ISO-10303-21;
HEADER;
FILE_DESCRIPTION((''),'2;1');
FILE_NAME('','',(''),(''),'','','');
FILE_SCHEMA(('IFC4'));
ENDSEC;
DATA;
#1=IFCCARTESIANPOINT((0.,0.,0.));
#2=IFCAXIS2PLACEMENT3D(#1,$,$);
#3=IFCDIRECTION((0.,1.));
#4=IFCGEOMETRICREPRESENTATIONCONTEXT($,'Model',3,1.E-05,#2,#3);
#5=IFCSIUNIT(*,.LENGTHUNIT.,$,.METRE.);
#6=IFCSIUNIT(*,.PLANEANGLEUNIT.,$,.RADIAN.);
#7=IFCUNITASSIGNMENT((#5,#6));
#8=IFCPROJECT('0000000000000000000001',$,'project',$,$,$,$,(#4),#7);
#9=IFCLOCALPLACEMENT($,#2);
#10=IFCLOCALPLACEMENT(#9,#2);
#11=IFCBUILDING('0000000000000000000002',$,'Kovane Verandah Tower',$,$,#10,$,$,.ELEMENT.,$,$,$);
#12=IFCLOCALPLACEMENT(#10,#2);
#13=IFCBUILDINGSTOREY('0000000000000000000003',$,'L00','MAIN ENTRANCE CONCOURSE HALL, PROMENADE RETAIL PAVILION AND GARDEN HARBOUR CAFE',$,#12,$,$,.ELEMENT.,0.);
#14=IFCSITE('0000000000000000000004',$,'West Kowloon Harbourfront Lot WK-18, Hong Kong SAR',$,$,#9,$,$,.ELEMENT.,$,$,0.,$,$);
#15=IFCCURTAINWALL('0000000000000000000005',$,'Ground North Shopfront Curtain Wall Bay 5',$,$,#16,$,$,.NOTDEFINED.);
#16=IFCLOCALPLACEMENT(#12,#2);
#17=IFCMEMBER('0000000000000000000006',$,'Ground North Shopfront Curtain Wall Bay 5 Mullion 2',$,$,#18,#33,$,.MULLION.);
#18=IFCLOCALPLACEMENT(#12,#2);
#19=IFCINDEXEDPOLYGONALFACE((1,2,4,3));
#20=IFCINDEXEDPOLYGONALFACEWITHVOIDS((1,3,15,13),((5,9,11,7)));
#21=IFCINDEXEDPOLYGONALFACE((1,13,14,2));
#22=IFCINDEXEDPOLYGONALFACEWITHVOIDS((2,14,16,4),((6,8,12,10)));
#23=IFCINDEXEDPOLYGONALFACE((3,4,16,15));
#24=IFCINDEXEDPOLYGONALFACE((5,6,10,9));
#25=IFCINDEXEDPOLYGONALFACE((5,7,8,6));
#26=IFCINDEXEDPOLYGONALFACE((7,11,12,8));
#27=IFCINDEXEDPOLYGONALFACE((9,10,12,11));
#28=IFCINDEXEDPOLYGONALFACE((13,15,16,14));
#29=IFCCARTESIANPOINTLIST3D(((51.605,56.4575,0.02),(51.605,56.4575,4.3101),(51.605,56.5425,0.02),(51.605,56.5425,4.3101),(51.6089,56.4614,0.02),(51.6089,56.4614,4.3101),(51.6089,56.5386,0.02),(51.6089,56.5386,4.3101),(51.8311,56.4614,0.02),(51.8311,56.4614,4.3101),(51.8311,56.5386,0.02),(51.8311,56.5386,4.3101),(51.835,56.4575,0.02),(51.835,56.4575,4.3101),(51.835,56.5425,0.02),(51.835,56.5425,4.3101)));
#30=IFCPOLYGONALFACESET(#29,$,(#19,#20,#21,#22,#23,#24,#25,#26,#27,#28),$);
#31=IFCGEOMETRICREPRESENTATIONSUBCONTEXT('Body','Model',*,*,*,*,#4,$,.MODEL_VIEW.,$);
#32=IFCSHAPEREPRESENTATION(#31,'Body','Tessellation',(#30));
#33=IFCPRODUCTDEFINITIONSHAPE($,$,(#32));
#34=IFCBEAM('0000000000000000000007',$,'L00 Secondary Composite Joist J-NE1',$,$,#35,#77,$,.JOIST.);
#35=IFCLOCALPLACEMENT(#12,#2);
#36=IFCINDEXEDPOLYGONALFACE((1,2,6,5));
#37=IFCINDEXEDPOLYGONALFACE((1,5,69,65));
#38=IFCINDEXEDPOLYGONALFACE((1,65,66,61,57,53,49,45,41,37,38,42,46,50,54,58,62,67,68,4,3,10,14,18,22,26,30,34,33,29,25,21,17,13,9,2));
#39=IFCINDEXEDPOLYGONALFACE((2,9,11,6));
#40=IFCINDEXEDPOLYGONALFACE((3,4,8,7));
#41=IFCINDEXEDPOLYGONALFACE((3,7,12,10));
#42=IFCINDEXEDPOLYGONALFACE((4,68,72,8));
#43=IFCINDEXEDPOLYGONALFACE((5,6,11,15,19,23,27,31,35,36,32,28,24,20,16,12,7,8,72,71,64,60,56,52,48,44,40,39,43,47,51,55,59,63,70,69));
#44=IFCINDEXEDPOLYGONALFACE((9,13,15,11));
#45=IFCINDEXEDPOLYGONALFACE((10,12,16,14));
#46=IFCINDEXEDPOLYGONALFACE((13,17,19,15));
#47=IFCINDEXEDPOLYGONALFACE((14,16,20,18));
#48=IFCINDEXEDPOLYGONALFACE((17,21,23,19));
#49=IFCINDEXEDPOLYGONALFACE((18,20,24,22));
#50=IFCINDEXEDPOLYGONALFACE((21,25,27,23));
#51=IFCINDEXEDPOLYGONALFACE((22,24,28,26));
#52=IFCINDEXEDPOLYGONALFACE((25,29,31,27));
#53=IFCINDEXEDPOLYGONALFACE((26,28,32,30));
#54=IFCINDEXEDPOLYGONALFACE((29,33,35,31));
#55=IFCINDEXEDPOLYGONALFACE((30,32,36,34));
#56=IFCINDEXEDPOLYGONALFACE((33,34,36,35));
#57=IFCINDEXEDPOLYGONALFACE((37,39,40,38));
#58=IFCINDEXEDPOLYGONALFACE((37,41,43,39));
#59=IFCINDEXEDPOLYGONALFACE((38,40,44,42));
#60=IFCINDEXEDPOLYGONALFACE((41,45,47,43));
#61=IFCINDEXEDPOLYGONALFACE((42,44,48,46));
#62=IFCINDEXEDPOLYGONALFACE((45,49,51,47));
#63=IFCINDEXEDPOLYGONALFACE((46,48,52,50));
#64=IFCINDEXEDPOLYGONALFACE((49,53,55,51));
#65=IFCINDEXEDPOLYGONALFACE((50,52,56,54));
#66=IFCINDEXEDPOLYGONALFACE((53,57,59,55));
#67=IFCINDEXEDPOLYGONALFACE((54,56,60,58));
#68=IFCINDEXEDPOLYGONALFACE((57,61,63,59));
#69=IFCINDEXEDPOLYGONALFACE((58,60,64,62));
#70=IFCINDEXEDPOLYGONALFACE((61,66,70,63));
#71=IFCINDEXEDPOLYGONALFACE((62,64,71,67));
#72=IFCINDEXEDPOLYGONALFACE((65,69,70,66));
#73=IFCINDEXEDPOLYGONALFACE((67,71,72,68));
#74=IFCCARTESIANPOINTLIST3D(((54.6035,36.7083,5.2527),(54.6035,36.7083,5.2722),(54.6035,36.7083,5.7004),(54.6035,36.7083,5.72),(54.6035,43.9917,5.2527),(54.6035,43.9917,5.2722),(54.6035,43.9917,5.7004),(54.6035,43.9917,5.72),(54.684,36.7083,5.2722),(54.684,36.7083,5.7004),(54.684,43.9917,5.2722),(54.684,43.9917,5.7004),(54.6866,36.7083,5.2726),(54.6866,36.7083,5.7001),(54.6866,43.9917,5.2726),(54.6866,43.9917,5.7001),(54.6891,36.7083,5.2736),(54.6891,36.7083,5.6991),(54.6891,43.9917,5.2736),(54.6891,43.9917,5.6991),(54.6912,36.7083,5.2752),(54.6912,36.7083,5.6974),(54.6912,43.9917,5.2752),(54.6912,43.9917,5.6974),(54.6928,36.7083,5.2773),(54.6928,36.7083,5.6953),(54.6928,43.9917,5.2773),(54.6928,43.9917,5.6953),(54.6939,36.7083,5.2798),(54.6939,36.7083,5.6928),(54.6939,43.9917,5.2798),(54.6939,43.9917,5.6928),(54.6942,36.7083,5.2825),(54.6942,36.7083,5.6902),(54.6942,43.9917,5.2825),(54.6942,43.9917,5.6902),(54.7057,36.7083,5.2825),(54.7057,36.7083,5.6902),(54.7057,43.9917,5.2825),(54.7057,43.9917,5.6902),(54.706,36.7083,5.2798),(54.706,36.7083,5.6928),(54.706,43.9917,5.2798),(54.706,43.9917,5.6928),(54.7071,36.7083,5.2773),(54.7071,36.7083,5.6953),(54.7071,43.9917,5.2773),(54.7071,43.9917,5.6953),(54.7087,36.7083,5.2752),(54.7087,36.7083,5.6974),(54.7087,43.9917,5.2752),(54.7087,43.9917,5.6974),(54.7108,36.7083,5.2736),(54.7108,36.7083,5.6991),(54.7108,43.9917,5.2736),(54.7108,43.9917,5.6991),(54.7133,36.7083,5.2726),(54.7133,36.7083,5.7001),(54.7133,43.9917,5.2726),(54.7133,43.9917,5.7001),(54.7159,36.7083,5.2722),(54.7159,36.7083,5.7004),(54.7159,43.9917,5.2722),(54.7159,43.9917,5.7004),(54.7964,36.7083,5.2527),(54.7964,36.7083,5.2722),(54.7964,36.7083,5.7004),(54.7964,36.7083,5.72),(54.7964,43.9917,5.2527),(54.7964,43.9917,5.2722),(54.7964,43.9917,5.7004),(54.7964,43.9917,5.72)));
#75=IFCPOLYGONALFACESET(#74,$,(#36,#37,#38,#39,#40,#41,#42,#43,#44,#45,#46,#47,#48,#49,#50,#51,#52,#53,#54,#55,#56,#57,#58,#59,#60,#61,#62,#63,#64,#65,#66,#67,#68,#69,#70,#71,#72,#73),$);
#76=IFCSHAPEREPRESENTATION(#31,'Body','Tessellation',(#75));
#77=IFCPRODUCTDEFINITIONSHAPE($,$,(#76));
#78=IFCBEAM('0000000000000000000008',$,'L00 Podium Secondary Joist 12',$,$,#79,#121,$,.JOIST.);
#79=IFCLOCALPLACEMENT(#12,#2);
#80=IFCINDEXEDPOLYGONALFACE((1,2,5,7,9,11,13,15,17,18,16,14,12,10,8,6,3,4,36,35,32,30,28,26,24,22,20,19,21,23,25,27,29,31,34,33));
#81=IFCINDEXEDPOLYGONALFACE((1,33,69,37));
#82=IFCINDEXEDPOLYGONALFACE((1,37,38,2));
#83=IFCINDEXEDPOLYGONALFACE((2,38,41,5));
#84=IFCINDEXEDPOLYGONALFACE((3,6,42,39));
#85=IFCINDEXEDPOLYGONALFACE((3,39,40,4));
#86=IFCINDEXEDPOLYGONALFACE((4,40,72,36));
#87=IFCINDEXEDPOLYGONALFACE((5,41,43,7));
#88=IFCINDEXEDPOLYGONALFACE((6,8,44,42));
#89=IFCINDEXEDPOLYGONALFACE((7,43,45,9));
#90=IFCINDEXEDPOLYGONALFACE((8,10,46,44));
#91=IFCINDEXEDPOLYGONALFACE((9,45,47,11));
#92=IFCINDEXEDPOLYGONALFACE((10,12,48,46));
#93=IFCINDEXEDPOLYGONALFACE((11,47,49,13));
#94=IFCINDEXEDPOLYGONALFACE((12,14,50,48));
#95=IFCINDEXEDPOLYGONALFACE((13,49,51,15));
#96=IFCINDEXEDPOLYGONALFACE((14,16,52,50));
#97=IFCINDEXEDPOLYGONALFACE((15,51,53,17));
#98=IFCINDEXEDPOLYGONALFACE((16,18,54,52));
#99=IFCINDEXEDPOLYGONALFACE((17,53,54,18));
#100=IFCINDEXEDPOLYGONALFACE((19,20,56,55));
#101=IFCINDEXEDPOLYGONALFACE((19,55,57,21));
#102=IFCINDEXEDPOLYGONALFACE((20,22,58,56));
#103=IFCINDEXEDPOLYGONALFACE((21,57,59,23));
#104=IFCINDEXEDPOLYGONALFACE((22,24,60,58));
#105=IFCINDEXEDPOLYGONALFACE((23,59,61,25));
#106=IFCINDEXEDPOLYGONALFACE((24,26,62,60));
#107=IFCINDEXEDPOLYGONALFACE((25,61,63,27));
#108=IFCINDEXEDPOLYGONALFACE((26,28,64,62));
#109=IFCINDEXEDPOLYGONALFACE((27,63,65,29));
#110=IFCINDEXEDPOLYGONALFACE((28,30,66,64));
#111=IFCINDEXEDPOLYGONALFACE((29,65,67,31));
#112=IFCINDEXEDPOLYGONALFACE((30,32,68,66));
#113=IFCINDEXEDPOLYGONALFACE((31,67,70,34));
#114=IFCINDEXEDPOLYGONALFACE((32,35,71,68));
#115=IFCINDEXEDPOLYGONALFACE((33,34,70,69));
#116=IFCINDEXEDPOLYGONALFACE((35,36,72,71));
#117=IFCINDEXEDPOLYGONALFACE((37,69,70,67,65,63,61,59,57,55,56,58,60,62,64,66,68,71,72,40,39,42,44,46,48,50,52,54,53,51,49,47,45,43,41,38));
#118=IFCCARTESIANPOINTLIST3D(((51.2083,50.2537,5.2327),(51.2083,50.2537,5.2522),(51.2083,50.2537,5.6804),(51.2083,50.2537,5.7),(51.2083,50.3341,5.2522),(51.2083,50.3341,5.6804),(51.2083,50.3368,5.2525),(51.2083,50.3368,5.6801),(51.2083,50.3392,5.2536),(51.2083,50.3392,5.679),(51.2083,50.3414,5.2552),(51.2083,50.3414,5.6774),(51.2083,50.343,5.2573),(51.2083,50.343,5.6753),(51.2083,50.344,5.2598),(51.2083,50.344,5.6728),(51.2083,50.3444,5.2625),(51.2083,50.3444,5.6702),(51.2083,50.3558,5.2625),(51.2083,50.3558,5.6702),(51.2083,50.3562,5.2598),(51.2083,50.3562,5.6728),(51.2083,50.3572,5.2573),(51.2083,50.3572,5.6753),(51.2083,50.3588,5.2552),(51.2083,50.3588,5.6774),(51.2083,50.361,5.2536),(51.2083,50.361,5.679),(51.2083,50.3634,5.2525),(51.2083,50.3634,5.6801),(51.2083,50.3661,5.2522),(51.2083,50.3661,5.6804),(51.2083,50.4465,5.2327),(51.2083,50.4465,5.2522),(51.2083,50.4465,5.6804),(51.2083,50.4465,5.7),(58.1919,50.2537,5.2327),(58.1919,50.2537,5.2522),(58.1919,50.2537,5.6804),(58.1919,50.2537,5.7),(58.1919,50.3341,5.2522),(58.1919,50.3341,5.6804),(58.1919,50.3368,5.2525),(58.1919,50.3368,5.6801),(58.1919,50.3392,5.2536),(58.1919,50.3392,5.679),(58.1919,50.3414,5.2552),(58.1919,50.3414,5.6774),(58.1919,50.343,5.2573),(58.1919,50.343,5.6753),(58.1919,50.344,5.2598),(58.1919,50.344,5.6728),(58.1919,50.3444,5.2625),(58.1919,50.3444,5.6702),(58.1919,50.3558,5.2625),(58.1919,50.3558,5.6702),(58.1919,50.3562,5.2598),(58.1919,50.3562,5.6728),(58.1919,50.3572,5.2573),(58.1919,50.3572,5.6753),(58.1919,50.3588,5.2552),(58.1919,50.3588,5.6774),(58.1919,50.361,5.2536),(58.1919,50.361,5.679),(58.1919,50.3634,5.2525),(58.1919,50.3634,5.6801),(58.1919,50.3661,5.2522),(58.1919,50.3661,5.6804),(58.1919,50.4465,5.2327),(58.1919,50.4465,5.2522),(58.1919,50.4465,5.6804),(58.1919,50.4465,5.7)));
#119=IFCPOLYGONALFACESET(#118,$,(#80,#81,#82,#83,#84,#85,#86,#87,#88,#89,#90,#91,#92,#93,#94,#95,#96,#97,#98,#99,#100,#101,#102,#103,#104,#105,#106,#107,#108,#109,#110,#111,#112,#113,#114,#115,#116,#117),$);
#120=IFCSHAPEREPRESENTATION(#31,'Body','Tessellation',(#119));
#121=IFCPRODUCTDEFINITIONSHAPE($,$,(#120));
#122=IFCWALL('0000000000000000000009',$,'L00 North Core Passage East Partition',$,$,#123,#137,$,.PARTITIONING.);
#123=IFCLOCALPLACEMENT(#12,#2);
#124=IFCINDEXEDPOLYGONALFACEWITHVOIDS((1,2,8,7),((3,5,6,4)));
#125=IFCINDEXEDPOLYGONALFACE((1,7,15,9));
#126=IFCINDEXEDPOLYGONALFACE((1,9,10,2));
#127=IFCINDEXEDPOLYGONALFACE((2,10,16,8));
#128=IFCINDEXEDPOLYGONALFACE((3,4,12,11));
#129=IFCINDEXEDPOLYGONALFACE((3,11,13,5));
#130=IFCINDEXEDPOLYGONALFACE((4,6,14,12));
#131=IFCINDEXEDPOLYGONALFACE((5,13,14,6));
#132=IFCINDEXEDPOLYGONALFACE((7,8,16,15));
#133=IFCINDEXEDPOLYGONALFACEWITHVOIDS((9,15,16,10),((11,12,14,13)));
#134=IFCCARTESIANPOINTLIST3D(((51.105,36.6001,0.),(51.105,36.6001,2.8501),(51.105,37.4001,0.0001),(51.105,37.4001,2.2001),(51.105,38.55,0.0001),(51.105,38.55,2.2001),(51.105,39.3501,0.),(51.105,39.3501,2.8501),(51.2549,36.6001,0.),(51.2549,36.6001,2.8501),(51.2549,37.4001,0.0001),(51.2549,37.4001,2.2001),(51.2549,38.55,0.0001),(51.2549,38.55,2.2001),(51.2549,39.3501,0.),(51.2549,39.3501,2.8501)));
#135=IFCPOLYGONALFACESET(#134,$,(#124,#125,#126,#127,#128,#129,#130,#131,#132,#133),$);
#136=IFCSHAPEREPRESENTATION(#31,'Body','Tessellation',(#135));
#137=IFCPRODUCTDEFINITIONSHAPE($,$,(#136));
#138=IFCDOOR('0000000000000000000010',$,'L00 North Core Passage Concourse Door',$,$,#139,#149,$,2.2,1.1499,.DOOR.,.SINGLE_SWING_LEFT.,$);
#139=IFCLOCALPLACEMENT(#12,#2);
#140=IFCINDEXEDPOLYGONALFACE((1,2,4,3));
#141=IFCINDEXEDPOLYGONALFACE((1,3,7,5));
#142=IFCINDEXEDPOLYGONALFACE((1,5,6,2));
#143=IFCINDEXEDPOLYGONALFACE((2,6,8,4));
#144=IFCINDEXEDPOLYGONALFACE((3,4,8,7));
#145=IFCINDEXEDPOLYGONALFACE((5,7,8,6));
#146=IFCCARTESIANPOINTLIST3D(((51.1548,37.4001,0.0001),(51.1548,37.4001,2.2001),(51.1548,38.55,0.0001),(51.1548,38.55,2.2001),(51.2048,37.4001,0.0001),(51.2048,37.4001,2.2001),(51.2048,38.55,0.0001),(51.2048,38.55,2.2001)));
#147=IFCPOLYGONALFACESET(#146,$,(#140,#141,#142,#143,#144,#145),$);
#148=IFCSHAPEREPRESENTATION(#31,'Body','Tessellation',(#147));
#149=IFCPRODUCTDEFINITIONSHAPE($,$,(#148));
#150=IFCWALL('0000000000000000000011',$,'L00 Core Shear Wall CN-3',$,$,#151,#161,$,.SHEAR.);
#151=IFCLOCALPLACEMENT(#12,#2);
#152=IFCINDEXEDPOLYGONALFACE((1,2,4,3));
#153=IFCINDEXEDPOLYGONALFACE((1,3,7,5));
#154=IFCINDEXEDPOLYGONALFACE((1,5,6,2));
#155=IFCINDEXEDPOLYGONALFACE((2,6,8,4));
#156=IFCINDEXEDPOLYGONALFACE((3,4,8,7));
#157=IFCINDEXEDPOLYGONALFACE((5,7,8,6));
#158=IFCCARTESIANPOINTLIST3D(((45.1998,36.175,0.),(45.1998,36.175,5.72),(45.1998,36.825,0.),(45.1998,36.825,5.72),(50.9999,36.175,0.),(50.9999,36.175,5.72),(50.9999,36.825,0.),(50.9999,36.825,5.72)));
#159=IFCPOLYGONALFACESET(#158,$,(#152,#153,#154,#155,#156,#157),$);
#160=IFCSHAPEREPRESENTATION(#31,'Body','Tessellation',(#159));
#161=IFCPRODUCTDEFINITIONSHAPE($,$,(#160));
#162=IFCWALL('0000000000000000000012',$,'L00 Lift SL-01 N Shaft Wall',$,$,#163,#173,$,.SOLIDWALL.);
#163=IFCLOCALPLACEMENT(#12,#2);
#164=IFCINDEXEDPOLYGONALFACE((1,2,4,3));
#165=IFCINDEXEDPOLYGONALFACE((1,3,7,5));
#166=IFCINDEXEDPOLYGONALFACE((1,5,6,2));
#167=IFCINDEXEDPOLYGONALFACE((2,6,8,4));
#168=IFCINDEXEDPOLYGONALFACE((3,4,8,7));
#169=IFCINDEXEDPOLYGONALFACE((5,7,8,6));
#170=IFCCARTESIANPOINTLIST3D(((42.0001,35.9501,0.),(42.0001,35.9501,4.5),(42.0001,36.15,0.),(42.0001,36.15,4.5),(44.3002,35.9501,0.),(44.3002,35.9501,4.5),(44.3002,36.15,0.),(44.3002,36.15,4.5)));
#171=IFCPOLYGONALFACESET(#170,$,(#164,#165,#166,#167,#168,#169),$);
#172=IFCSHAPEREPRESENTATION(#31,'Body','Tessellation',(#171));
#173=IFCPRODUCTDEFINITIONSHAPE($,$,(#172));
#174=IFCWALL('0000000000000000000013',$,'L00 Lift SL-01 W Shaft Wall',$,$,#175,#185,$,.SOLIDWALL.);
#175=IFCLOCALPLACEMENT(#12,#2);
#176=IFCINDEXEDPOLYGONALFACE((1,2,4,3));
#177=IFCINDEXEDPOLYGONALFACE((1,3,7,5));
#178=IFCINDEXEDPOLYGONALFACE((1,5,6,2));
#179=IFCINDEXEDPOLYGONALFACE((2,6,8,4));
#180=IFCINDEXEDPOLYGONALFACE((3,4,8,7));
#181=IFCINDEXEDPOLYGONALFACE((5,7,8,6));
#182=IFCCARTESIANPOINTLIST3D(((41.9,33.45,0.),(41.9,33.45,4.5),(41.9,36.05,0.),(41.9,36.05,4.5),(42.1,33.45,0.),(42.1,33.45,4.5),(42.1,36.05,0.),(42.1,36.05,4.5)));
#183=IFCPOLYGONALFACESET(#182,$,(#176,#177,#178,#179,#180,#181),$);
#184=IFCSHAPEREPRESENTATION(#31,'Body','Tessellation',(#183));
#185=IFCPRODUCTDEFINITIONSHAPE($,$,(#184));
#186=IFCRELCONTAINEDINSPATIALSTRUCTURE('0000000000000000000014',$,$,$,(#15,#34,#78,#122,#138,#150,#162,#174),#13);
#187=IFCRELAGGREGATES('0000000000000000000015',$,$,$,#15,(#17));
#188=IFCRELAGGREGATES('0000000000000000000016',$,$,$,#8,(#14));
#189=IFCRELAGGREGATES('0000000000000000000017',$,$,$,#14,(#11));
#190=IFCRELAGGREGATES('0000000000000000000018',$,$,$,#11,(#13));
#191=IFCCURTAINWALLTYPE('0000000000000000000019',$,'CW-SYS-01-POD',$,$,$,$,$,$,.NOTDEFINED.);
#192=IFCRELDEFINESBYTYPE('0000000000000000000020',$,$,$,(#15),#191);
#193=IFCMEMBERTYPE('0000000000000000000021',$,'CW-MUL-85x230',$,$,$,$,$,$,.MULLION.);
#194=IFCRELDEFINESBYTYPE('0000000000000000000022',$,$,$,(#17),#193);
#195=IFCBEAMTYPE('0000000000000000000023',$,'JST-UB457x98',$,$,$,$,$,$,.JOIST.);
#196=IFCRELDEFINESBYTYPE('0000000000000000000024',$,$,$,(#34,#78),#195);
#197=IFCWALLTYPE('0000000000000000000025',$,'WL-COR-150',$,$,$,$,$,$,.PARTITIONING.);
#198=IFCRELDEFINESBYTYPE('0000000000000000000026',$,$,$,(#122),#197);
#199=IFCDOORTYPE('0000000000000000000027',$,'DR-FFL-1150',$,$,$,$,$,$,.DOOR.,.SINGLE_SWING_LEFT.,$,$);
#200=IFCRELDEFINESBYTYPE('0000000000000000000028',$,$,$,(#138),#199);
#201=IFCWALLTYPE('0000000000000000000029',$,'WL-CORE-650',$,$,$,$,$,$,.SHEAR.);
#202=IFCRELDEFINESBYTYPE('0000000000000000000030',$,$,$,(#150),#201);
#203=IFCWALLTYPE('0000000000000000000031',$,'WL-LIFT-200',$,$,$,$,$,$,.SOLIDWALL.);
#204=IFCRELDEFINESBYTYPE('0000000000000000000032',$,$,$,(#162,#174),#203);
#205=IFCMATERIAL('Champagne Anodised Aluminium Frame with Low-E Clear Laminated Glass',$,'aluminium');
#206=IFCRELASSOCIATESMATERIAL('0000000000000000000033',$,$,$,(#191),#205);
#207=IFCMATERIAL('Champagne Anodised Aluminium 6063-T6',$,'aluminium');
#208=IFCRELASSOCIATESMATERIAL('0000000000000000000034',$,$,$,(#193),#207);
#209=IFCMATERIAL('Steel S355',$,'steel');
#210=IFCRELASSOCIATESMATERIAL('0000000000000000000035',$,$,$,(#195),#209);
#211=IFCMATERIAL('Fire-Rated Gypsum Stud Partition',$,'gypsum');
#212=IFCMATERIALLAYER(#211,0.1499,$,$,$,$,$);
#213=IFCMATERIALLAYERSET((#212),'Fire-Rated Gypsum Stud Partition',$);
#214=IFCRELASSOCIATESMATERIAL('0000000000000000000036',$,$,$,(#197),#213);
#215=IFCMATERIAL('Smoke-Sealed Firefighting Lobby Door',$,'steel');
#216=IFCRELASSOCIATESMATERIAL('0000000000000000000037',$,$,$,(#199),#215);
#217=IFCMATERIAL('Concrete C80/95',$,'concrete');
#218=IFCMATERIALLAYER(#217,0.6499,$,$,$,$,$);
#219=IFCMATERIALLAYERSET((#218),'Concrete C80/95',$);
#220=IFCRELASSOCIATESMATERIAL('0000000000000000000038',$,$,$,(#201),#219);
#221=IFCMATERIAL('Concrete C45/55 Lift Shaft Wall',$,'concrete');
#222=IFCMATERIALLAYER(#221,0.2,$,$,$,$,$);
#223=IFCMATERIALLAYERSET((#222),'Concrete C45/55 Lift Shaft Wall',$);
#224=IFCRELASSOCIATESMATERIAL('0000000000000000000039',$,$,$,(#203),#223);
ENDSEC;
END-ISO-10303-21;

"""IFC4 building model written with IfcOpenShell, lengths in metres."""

from ifc_helpers import new_model, si_unit, direction, frame, frame_2d, origin, origin_2d, place, context, subcontext, project, spatial, rectangle, hollow_rectangle, i_section, extrude, material, layer, layer_set, material_profile, profile_set, type_object, element, fill, aggregate, save


model = new_model("IFC4")

# Units and contexts
model_context = context("Model", 3, precision=1e-05, world=origin(), true_north=direction((0.0, 1.0)))
body_context = subcontext(model_context, "Body", "Model", "MODEL_VIEW")
ifc_project = project(units=[si_unit("LENGTHUNIT", "METRE"), si_unit("PLANEANGLEUNIT", "RADIAN")], contexts=[model_context])

# Site, building, storey
site_placement = place(None, origin())
site = spatial("IfcSite", under=ifc_project, at=site_placement, Name="West Kowloon Harbourfront Lot WK-18, Hong Kong SAR", CompositionType="ELEMENT", RefElevation=0.0)
building_placement = place(site_placement, origin())
building = spatial("IfcBuilding", under=site, at=building_placement, Name="Kovane Verandah Tower", CompositionType="ELEMENT")
storey_placement = place(building_placement, origin())
storey = spatial("IfcBuildingStorey", under=building, at=storey_placement, Name="L00", Description="MAIN ENTRANCE CONCOURSE HALL, PROMENADE RETAIL PAVILION AND GARDEN HARBOUR CAFE", CompositionType="ELEMENT", Elevation=0.0)

# Shared definitions
ifc_material_1 = material(Name="Concrete C80/95", Category="concrete")

# Curtain wall, member
ifc_material_2 = material(Name="Champagne Anodised Aluminium Frame with Low-E Clear Laminated Glass", Category="aluminium")
curtain_wall_type = type_object("IfcCurtainWallType", Name="CW-SYS-01-POD", PredefinedType="NOTDEFINED", material=ifc_material_2)
curtain_wall_placement = place(storey_placement, origin())
curtain_wall = element("IfcCurtainWall", 1, at=curtain_wall_placement, inside=storey, type_object=curtain_wall_type, Name="Ground North Shopfront Curtain Wall Bay 5", PredefinedType="NOTDEFINED")
ifc_material_3 = material(Name="Champagne Anodised Aluminium 6063-T6", Category="aluminium")
ifc_material_profile_1 = material_profile(ifc_material_3, hollow_rectangle(XDim=0.085, YDim=0.23, WallThickness=0.0039, at=origin_2d()), Name="AL85x230x4")
ifc_profile_set_1 = profile_set([ifc_material_profile_1], Name="Champagne Anodised Aluminium 6063-T6")
member_type = type_object("IfcMemberType", Name="CW-MUL-85x230", PredefinedType="MULLION", material=ifc_profile_set_1)
member_placement = place(storey_placement, frame((51.72, 56.5, 0.02), z_axis=(0.0, 0.0, 1.0), x_axis=(0.0, 1.0, 0.0)))
member = element("IfcMember", 2, at=member_placement, type_object=member_type, Name="Ground North Shopfront Curtain Wall Bay 5 Mullion 2", PredefinedType="MULLION", context=body_context, shape_type="SweptSolid", body=[
    extrude(hollow_rectangle(XDim=0.085, YDim=0.23, WallThickness=0.0039, at=origin_2d()), origin(), (0.0, 0.0, 1.0), 4.29),
])
aggregate(curtain_wall, [member])

# Beams
ifc_material_4 = material(Name="Steel S355", Category="steel")
ifc_material_profile_2 = material_profile(ifc_material_4, i_section(OverallWidth=0.1929, OverallDepth=0.4673, WebThickness=0.0115, FlangeThickness=0.0195, FilletRadius=0.0103, at=origin_2d()), Name="UB457x191x98")
ifc_profile_set_2 = profile_set([ifc_material_profile_2], Name="Steel S355")
beam_type_1 = type_object("IfcBeamType", Name="JST-UB457x98", PredefinedType="JOIST", material=ifc_profile_set_2)
beam_1_placement = place(storey_placement, frame((54.7, 36.7083, 5.4863), z_axis=(0.0, 1.0, 0.0), x_axis=(-1.0, 0.0, 0.0)))
element("IfcBeam", 3, at=beam_1_placement, inside=storey, type_object=beam_type_1, Name="L00 Secondary Composite Joist J-NE1", PredefinedType="JOIST", context=body_context, shape_type="SweptSolid", body=[
    extrude(i_section(OverallWidth=0.1929, OverallDepth=0.4673, WebThickness=0.0115, FlangeThickness=0.0195, FilletRadius=0.0103, at=origin_2d()), origin(), (0.0, 0.0, 1.0), 7.2834),
])
beam_2_placement = place(storey_placement, frame((51.2083, 50.3501, 5.4663), z_axis=(1.0, 0.0, 0.0), x_axis=(0.0, 1.0, 0.0)))
element("IfcBeam", 4, at=beam_2_placement, inside=storey, type_object=beam_type_1, Name="L00 Podium Secondary Joist 12", PredefinedType="JOIST", context=body_context, shape_type="SweptSolid", body=[
    extrude(i_section(OverallWidth=0.1929, OverallDepth=0.4673, WebThickness=0.0115, FlangeThickness=0.0195, FilletRadius=0.0103, at=origin_2d()), origin(), (0.0, 0.0, 1.0), 6.9836),
])

# Wall, opening, door
ifc_material_5 = material(Name="Fire-Rated Gypsum Stud Partition", Category="gypsum")
ifc_layer_1 = layer(ifc_material_5, 0.1499)
ifc_layer_set_1 = layer_set([ifc_layer_1], Name="Fire-Rated Gypsum Stud Partition")
wall_type_1 = type_object("IfcWallType", Name="WL-COR-150", PredefinedType="PARTITIONING", material=ifc_layer_set_1)
wall_1_placement = place(storey_placement, frame((51.1799, 39.3501, 0.0), z_axis=(0.0, 0.0, 1.0), x_axis=(0.0, -1.0, 0.0)))
wall_1 = element("IfcWall", 5, at=wall_1_placement, inside=storey, type_object=wall_type_1, Name="L00 North Core Passage East Partition", PredefinedType="PARTITIONING", context=body_context, shape_type="SweptSolid", body=[
    extrude(rectangle(XDim=2.75, YDim=0.1499, at=frame_2d((1.375, 0.0))), origin(), (0.0, 0.0, 1.0), 2.8501),
])
opening_1_placement = place(wall_1_placement, frame((0.8, 0.0, 0.0)))
opening_1 = element("IfcOpeningElement", 6, at=opening_1_placement, cuts=wall_1, PredefinedType="OPENING", context=body_context, shape_type="SweptSolid", body=[
    extrude(rectangle(XDim=1.1499, YDim=2.2, at=frame_2d((0.575, 1.1001))), frame((0.0, 0.075, 0.0), z_axis=(0.0, -1.0, 0.0), x_axis=(1.0, 0.0, 0.0)), (0.0, 0.0, 1.0), 0.1499),
])
ifc_material_6 = material(Name="Smoke-Sealed Firefighting Lobby Door", Category="steel")
door_type_1 = type_object("IfcDoorType", Name="DR-FFL-1150", OperationType="SINGLE_SWING_LEFT", PredefinedType="DOOR", material=ifc_material_6)
door_1_placement = place(opening_1_placement, origin())
door_1 = element("IfcDoor", 7, at=door_1_placement, inside=storey, type_object=door_type_1, Name="L00 North Core Passage Concourse Door", OperationType="SINGLE_SWING_LEFT", OverallHeight=2.2, OverallWidth=1.1499, PredefinedType="DOOR", context=body_context, shape_type="SweptSolid", body=[
    extrude(rectangle(XDim=1.1499, YDim=2.2, at=frame_2d((0.575, 1.1001))), frame((0.0, 0.0249, 0.0), z_axis=(0.0, -1.0, 0.0), x_axis=(1.0, 0.0, 0.0)), (0.0, 0.0, 1.0), 0.05),
])
fill(opening_1, door_1)
ifc_layer_2 = layer(ifc_material_1, 0.6499)
ifc_layer_set_2 = layer_set([ifc_layer_2], Name="Concrete C80/95")
wall_type_2 = type_object("IfcWallType", Name="WL-CORE-650", PredefinedType="SHEAR", material=ifc_layer_set_2)

# Walls
wall_2_placement = place(storey_placement, frame((45.2, 36.5, 0.0), z_axis=(0.0, 0.0, 1.0), x_axis=(1.0, 0.0, 0.0)))
element("IfcWall", 8, at=wall_2_placement, inside=storey, type_object=wall_type_2, Name="L00 Core Shear Wall CN-3", PredefinedType="SHEAR", context=body_context, shape_type="SweptSolid", body=[
    extrude(rectangle(XDim=5.8, YDim=0.6499, at=frame_2d((2.8999, 0.0))), origin(), (0.0, 0.0, 1.0), 5.72),
])
ifc_material_7 = material(Name="Concrete C45/55 Lift Shaft Wall", Category="concrete")
ifc_layer_3 = layer(ifc_material_7, 0.2)
ifc_layer_set_3 = layer_set([ifc_layer_3], Name="Concrete C45/55 Lift Shaft Wall")
wall_type_3 = type_object("IfcWallType", Name="WL-LIFT-200", PredefinedType="SOLIDWALL", material=ifc_layer_set_3)
wall_3_placement = place(storey_placement, frame((44.3, 36.05, 0.0), z_axis=(0.0, 0.0, 1.0), x_axis=(-1.0, 0.0, 0.0)))
element("IfcWall", 9, at=wall_3_placement, inside=storey, type_object=wall_type_3, Name="L00 Lift SL-01 N Shaft Wall", PredefinedType="SOLIDWALL", context=body_context, shape_type="SweptSolid", body=[
    extrude(rectangle(XDim=2.3, YDim=0.2, at=frame_2d((1.1499, 0.0))), origin(), (0.0, 0.0, 1.0), 4.5),
])
wall_4_placement = place(storey_placement, frame((42.0, 36.05, 0.0), z_axis=(0.0, 0.0, 1.0), x_axis=(0.0, -1.0, 0.0)))
element("IfcWall", 10, at=wall_4_placement, inside=storey, type_object=wall_type_3, Name="L00 Lift SL-01 W Shaft Wall", PredefinedType="SOLIDWALL", context=body_context, shape_type="SweptSolid", body=[
    extrude(rectangle(XDim=2.6001, YDim=0.2, at=frame_2d((1.3, 0.0))), origin(), (0.0, 0.0, 1.0), 4.5),
])

save(model, "model.ifc")
